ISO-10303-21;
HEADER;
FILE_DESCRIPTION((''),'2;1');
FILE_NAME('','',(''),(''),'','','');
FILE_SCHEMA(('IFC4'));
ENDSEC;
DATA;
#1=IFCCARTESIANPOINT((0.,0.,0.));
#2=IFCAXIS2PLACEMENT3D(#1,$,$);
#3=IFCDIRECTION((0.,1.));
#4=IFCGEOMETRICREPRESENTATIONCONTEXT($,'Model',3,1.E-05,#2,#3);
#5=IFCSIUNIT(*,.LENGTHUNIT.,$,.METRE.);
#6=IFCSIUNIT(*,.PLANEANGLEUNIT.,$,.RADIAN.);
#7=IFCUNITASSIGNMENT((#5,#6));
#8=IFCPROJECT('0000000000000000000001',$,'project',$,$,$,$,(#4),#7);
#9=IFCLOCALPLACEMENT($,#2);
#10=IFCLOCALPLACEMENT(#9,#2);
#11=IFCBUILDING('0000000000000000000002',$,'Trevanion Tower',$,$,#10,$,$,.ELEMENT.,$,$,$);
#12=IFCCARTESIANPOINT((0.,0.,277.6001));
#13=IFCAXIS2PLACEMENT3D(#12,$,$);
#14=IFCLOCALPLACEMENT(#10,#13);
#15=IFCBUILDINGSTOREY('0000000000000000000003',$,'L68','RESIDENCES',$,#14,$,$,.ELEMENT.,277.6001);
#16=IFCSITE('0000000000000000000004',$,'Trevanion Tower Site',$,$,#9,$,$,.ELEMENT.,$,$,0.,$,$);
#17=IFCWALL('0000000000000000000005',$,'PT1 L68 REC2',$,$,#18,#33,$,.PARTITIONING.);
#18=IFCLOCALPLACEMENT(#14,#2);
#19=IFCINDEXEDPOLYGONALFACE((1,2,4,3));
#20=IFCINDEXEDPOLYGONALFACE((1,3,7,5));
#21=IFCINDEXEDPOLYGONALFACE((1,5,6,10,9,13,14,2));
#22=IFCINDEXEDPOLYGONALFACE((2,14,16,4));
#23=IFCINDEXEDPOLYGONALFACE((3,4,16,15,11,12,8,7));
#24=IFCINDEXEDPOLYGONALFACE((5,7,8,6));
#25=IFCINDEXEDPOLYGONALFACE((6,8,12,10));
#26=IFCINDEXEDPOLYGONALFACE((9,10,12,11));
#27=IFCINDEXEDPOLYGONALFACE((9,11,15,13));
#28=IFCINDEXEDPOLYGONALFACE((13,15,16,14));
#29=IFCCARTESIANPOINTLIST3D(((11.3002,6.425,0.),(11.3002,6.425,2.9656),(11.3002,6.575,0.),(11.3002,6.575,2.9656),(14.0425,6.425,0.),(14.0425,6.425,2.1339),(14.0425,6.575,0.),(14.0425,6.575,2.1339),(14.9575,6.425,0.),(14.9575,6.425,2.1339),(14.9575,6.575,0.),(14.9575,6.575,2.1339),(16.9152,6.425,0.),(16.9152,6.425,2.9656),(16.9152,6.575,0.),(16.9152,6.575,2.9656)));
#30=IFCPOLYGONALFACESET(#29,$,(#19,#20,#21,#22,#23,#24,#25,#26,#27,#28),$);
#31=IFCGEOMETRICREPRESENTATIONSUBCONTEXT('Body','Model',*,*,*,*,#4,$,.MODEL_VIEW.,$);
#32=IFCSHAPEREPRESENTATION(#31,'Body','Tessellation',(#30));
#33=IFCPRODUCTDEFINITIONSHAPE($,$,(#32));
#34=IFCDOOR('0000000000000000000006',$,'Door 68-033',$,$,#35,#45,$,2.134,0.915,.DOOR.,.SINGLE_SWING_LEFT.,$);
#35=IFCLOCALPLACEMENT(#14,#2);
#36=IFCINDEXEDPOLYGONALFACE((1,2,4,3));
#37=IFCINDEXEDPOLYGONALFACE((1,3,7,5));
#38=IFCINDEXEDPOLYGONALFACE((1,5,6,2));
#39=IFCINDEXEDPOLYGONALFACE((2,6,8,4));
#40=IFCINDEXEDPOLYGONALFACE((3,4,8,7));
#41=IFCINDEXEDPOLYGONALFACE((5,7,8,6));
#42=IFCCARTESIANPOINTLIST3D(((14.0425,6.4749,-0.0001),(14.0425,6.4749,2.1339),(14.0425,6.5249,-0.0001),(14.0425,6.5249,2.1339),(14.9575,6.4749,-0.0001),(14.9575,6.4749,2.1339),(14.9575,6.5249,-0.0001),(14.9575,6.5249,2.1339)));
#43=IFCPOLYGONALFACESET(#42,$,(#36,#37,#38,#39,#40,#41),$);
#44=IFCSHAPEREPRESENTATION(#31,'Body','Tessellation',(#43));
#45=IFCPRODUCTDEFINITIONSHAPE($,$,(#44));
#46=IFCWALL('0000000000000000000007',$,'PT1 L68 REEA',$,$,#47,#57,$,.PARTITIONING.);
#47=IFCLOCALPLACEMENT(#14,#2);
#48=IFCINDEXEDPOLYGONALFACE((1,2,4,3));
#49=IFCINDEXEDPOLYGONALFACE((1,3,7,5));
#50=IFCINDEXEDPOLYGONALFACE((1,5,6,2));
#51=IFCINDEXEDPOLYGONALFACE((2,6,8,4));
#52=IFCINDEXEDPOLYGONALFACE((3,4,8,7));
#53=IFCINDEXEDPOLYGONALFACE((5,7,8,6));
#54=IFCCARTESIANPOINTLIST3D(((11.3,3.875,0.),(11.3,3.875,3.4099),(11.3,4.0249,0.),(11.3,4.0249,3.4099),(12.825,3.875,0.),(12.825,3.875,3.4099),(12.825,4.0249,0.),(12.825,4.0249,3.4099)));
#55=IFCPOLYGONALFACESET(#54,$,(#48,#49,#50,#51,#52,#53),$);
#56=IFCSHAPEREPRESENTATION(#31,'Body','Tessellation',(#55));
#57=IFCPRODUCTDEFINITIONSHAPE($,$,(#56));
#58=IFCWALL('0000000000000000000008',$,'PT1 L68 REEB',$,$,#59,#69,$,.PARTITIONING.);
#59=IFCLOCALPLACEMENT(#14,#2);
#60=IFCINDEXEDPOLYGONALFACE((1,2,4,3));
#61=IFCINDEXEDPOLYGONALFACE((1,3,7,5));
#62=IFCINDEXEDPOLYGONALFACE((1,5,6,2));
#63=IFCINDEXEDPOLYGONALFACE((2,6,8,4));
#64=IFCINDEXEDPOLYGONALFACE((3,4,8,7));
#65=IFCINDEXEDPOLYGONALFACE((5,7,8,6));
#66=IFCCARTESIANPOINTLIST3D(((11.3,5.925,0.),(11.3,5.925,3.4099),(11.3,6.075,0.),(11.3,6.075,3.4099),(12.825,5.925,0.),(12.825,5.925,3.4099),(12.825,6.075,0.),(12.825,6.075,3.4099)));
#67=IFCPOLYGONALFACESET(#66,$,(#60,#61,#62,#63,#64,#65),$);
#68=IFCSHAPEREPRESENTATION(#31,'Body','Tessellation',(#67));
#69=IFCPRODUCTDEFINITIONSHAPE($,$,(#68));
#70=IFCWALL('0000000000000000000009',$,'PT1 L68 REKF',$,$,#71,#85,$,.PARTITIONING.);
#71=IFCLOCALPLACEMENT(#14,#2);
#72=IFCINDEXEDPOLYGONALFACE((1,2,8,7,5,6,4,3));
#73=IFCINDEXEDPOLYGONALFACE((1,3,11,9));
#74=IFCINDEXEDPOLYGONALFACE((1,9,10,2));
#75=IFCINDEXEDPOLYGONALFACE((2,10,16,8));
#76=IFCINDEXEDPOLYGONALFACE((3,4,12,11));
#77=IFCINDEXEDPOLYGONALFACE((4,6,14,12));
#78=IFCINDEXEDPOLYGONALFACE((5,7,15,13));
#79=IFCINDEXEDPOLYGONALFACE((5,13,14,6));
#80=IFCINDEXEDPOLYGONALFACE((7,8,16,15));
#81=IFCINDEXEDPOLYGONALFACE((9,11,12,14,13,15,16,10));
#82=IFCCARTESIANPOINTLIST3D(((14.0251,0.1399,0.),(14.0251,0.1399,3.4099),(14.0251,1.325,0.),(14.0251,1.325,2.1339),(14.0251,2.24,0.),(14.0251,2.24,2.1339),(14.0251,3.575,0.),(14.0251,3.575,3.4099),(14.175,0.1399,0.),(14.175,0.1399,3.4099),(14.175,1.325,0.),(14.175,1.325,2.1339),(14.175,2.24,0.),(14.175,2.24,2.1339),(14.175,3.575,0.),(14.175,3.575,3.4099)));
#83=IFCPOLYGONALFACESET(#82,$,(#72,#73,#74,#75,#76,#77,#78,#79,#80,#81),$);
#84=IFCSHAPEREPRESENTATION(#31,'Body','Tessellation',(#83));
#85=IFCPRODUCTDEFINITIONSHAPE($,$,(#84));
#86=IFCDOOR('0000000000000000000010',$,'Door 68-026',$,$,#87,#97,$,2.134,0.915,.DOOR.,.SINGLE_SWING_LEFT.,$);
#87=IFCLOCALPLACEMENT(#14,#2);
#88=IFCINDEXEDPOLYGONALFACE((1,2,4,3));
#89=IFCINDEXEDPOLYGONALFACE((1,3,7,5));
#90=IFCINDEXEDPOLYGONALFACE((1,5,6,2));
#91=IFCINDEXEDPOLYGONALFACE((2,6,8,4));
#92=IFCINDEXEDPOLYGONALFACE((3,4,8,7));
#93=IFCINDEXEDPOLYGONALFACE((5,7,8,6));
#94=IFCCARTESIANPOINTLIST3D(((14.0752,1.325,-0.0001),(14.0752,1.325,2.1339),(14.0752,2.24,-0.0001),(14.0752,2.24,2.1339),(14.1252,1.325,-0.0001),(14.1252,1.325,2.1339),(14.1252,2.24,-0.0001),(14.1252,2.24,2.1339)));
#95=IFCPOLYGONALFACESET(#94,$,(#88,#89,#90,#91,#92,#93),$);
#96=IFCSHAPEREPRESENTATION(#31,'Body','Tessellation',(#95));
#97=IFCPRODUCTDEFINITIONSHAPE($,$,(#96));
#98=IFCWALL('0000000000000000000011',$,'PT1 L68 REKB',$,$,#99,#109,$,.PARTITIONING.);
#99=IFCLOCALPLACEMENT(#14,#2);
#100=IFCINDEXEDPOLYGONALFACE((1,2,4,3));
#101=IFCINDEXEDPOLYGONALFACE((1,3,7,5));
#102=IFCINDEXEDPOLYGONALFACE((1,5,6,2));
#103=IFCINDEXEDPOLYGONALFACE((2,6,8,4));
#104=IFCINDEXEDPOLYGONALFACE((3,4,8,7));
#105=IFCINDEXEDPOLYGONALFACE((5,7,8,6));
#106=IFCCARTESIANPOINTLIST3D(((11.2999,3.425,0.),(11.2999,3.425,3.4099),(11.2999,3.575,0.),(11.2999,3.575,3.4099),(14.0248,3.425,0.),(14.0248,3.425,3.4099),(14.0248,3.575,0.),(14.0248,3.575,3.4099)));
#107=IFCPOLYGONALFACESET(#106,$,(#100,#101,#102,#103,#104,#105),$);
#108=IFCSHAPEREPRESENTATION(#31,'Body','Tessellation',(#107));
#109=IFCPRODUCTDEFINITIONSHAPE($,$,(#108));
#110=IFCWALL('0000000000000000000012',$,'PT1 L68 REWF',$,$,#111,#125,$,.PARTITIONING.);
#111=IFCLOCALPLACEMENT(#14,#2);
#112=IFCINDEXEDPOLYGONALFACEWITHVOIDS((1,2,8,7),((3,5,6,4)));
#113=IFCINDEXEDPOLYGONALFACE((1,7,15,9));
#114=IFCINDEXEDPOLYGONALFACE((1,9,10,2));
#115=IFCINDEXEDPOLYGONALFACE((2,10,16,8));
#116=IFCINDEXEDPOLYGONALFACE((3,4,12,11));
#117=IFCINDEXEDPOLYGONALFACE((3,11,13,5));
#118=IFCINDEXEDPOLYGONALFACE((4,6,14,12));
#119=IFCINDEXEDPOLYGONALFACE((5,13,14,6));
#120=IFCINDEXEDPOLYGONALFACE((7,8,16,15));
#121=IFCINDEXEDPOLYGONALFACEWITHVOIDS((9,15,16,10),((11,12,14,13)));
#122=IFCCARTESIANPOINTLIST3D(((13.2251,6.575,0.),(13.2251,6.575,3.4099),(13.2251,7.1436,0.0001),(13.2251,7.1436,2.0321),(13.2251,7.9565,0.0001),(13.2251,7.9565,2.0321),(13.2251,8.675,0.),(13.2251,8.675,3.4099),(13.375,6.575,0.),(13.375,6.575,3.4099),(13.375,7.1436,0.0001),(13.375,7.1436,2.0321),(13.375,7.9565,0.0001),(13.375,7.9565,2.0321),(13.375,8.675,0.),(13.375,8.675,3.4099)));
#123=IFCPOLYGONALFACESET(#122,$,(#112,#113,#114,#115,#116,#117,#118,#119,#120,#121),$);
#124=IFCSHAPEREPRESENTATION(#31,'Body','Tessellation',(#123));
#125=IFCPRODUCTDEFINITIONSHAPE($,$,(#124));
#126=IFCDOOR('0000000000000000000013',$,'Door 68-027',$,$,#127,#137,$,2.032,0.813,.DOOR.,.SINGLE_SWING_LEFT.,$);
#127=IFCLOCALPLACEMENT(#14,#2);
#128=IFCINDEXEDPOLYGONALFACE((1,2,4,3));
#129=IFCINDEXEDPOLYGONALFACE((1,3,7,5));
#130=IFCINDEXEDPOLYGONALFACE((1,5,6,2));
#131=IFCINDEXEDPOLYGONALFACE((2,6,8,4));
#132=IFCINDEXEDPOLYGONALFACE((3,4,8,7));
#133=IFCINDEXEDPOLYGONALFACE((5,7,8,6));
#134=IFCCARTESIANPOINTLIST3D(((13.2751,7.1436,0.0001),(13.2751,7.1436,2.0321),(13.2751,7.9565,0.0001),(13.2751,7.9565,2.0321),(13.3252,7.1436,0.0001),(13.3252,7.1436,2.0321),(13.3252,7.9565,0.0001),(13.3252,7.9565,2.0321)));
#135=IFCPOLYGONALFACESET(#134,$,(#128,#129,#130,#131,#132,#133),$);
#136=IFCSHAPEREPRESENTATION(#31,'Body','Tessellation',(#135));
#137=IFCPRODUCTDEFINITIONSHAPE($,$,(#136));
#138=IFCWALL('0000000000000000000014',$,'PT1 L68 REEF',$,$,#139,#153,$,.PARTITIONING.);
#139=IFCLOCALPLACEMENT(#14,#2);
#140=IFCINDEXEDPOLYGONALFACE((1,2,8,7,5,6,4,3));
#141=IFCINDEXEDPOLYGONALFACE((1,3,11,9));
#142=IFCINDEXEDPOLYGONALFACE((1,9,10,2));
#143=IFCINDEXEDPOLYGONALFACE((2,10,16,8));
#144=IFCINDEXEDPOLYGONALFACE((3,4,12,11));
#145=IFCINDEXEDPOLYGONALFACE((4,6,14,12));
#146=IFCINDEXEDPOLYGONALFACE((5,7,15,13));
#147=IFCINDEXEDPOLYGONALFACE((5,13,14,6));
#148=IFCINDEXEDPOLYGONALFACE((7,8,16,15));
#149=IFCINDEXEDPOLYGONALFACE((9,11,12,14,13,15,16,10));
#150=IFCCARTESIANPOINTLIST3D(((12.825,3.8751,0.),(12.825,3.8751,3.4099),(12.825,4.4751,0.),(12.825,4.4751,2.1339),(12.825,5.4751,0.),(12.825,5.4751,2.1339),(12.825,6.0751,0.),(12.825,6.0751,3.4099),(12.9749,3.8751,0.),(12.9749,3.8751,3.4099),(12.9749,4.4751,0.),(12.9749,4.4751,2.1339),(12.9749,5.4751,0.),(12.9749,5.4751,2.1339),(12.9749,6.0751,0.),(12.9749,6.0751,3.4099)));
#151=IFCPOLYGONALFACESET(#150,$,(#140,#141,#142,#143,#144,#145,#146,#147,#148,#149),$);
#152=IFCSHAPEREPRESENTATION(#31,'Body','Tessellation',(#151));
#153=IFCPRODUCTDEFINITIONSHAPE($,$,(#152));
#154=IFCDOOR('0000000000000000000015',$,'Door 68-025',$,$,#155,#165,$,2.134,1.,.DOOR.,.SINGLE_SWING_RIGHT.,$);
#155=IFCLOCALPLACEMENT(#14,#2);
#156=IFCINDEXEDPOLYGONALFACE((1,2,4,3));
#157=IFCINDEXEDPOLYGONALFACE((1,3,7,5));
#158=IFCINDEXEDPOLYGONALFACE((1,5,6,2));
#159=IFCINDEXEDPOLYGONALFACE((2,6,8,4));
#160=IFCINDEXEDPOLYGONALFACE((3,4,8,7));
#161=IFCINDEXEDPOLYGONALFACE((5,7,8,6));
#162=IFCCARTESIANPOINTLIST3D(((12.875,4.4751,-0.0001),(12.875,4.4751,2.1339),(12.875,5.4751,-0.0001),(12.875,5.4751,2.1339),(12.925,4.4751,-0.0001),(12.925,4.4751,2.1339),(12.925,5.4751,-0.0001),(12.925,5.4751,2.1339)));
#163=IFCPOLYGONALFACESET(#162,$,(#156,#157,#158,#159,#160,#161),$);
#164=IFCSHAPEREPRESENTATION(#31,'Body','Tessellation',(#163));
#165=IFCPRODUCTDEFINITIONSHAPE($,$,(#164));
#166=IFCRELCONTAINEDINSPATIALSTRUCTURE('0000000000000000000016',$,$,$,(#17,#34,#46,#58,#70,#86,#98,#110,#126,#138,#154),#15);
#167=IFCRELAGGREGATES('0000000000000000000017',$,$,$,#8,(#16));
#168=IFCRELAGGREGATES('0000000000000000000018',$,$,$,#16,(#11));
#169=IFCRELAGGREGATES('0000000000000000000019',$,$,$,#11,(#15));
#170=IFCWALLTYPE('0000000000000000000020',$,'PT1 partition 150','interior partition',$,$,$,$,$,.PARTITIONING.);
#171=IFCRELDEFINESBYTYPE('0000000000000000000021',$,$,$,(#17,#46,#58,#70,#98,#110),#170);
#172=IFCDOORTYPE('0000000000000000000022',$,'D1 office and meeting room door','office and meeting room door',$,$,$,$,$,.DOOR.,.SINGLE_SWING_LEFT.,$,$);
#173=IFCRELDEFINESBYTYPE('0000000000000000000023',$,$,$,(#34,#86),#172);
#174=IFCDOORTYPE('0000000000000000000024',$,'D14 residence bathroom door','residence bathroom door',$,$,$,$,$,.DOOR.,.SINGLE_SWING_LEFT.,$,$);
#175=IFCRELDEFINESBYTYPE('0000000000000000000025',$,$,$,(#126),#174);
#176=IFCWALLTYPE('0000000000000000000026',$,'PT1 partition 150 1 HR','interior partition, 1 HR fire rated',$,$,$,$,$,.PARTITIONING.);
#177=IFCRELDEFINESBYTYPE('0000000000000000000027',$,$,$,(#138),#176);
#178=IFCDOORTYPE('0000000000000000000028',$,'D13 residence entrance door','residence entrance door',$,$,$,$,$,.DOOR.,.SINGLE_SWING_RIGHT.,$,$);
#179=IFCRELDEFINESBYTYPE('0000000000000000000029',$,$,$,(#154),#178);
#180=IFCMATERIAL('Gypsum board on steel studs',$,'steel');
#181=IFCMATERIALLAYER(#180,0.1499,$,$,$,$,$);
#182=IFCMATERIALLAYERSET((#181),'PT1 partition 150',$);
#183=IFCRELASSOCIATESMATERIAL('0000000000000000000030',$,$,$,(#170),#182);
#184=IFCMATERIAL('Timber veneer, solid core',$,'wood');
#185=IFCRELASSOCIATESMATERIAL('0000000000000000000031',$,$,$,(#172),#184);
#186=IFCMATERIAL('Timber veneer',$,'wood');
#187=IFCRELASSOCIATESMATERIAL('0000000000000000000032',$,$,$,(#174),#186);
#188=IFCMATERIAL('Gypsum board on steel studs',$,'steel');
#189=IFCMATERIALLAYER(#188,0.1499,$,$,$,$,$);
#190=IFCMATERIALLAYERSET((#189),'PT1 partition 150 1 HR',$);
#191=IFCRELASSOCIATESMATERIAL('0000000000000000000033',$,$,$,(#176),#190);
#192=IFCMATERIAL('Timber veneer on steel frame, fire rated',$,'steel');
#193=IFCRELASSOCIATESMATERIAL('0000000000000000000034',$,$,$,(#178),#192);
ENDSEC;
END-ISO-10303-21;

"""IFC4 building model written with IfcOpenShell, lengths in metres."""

from ifc_helpers import new_model, si_unit, direction, frame, frame_2d, origin, place, context, subcontext, project, spatial, rectangle, extrude, material, layer, layer_set, type_object, element, fill, save


model = new_model("IFC4")

# Units and contexts
model_context = context("Model", 3, precision=1e-05, world=origin(), true_north=direction((0.0, 1.0)))
body_context = subcontext(model_context, "Body", "Model", "MODEL_VIEW")
ifc_project = project(units=[si_unit("LENGTHUNIT", "METRE"), si_unit("PLANEANGLEUNIT", "RADIAN")], contexts=[model_context])

# Site, building, storey
site_placement = place(None, origin())
site = spatial("IfcSite", under=ifc_project, at=site_placement, Name="Trevanion Tower Site", CompositionType="ELEMENT", RefElevation=0.0)
building_placement = place(site_placement, origin())
building = spatial("IfcBuilding", under=site, at=building_placement, Name="Trevanion Tower", CompositionType="ELEMENT")
storey_placement = place(building_placement, frame((0.0, 0.0, 277.6001)))
storey = spatial("IfcBuildingStorey", under=building, at=storey_placement, Name="L68", Description="RESIDENCES", CompositionType="ELEMENT", Elevation=277.6001)

# Shared definitions
ifc_material_1 = material(Name="Gypsum board on steel studs", Category="steel")
ifc_layer_1 = layer(ifc_material_1, 0.1499)
ifc_layer_set_1 = layer_set([ifc_layer_1], Name="PT1 partition 150")
wall_type_1 = type_object("IfcWallType", Name="PT1 partition 150", Description="interior partition", PredefinedType="PARTITIONING", material=ifc_layer_set_1)
ifc_material_2 = material(Name="Timber veneer, solid core", Category="wood")
door_type_1 = type_object("IfcDoorType", Name="D1 office and meeting room door", Description="office and meeting room door", OperationType="SINGLE_SWING_LEFT", PredefinedType="DOOR", material=ifc_material_2)

# Wall, opening, door
wall_1_placement = place(storey_placement, frame((11.3, 6.5, 0.0), z_axis=(0.0, 0.0, 1.0), x_axis=(1.0, 0.0, 0.0)))
wall_1 = element("IfcWall", 1, at=wall_1_placement, inside=storey, type_object=wall_type_1, Name="PT1 L68 REC2", PredefinedType="PARTITIONING", context=body_context, shape_type="SweptSolid", body=[
    extrude(rectangle(XDim=5.615, YDim=0.1499, at=frame_2d((2.8076, 0.0))), origin(), (0.0, 0.0, 1.0), 2.9656),
])
opening_1_placement = place(wall_1_placement, frame((2.7424, 0.0, 0.0)))
opening_1 = element("IfcOpeningElement", 2, at=opening_1_placement, cuts=wall_1, PredefinedType="OPENING", context=body_context, shape_type="SweptSolid", body=[
    extrude(rectangle(XDim=0.915, YDim=2.134, at=frame_2d((0.4575, 1.0669))), frame((0.0, 0.085, 0.0), z_axis=(0.0, -1.0, 0.0), x_axis=(1.0, 0.0, 0.0)), (0.0, 0.0, 1.0), 0.1699),
])
door_1_placement = place(opening_1_placement, origin())
door_1 = element("IfcDoor", 3, at=door_1_placement, inside=storey, type_object=door_type_1, Name="Door 68-033", OperationType="SINGLE_SWING_LEFT", OverallHeight=2.134, OverallWidth=0.915, PredefinedType="DOOR", context=body_context, shape_type="SweptSolid", body=[
    extrude(rectangle(XDim=0.915, YDim=2.134, at=frame_2d((0.4575, 1.0669))), frame((0.0, 0.0249, 0.0), z_axis=(0.0, -1.0, 0.0), x_axis=(1.0, 0.0, 0.0)), (0.0, 0.0, 1.0), 0.05),
])
fill(opening_1, door_1)

# Walls
for number, where, z_axis, x_axis, name in (
    (4, (11.3, 3.95, 0.0), (0.0, 0.0, 1.0), (1.0, 0.0, 0.0), "PT1 L68 REEA"),
    (5, (11.3, 6.0, 0.0), (0.0, 0.0, 1.0), (1.0, 0.0, 0.0), "PT1 L68 REEB"),
):
    element("IfcWall", number, at=place(storey_placement, frame(where, z_axis=z_axis, x_axis=x_axis)), inside=storey, type_object=wall_type_1, Name=name, PredefinedType="PARTITIONING", context=body_context, shape_type="SweptSolid", body=[
        extrude(rectangle(XDim=1.5249, YDim=0.1499, at=frame_2d((0.7625, 0.0))), origin(), (0.0, 0.0, 1.0), 3.4099),
    ])

# Wall, opening, door
wall_2_placement = place(storey_placement, frame((14.1001, 0.1399, 0.0), z_axis=(0.0, 0.0, 1.0), x_axis=(0.0, 1.0, 0.0)))
wall_2 = element("IfcWall", 6, at=wall_2_placement, inside=storey, type_object=wall_type_1, Name="PT1 L68 REKF", PredefinedType="PARTITIONING", context=body_context, shape_type="SweptSolid", body=[
    extrude(rectangle(XDim=3.4351, YDim=0.1499, at=frame_2d((1.7175, 0.0))), origin(), (0.0, 0.0, 1.0), 3.4099),
])
opening_2_placement = place(wall_2_placement, frame((1.1851, 0.0, 0.0)))
opening_2 = element("IfcOpeningElement", 7, at=opening_2_placement, cuts=wall_2, PredefinedType="OPENING", context=body_context, shape_type="SweptSolid", body=[
    extrude(rectangle(XDim=0.915, YDim=2.134, at=frame_2d((0.4575, 1.0669))), frame((0.0, 0.085, 0.0), z_axis=(0.0, -1.0, 0.0), x_axis=(1.0, 0.0, 0.0)), (0.0, 0.0, 1.0), 0.1699),
])
door_2_placement = place(opening_2_placement, origin())
door_2 = element("IfcDoor", 8, at=door_2_placement, inside=storey, type_object=door_type_1, Name="Door 68-026", OperationType="SINGLE_SWING_LEFT", OverallHeight=2.134, OverallWidth=0.915, PredefinedType="DOOR", context=body_context, shape_type="SweptSolid", body=[
    extrude(rectangle(XDim=0.915, YDim=2.134, at=frame_2d((0.4575, 1.0669))), frame((0.0, 0.0249, 0.0), z_axis=(0.0, -1.0, 0.0), x_axis=(1.0, 0.0, 0.0)), (0.0, 0.0, 1.0), 0.05),
])
fill(opening_2, door_2)

# Wall
wall_3_placement = place(storey_placement, frame((11.3, 3.5, 0.0), z_axis=(0.0, 0.0, 1.0), x_axis=(1.0, 0.0, 0.0)))
element("IfcWall", 9, at=wall_3_placement, inside=storey, type_object=wall_type_1, Name="PT1 L68 REKB", PredefinedType="PARTITIONING", context=body_context, shape_type="SweptSolid", body=[
    extrude(rectangle(XDim=2.7249, YDim=0.1499, at=frame_2d((1.3623, 0.0))), origin(), (0.0, 0.0, 1.0), 3.4099),
])

# Walls, openings, doors
wall_4_placement = place(storey_placement, frame((13.3, 6.575, 0.0), z_axis=(0.0, 0.0, 1.0), x_axis=(0.0, 1.0, 0.0)))
wall_4 = element("IfcWall", 10, at=wall_4_placement, inside=storey, type_object=wall_type_1, Name="PT1 L68 REWF", PredefinedType="PARTITIONING", context=body_context, shape_type="SweptSolid", body=[
    extrude(rectangle(XDim=2.1001, YDim=0.1499, at=frame_2d((1.05, 0.0))), origin(), (0.0, 0.0, 1.0), 3.4099),
])
opening_3_placement = place(wall_4_placement, frame((0.5686, 0.0, 0.0)))
opening_3 = element("IfcOpeningElement", 11, at=opening_3_placement, cuts=wall_4, PredefinedType="OPENING", context=body_context, shape_type="SweptSolid", body=[
    extrude(rectangle(XDim=0.813, YDim=2.032, at=frame_2d((0.4065, 1.0161))), frame((0.0, 0.085, 0.0), z_axis=(0.0, -1.0, 0.0), x_axis=(1.0, 0.0, 0.0)), (0.0, 0.0, 1.0), 0.1699),
])
ifc_material_3 = material(Name="Timber veneer", Category="wood")
door_type_2 = type_object("IfcDoorType", Name="D14 residence bathroom door", Description="residence bathroom door", OperationType="SINGLE_SWING_LEFT", PredefinedType="DOOR", material=ifc_material_3)
door_3_placement = place(opening_3_placement, origin())
door_3 = element("IfcDoor", 12, at=door_3_placement, inside=storey, type_object=door_type_2, Name="Door 68-027", OperationType="SINGLE_SWING_LEFT", OverallHeight=2.032, OverallWidth=0.813, PredefinedType="DOOR", context=body_context, shape_type="SweptSolid", body=[
    extrude(rectangle(XDim=0.813, YDim=2.032, at=frame_2d((0.4065, 1.0161))), frame((0.0, 0.0249, 0.0), z_axis=(0.0, -1.0, 0.0), x_axis=(1.0, 0.0, 0.0)), (0.0, 0.0, 1.0), 0.05),
])
fill(opening_3, door_3)
ifc_material_4 = material(Name="Gypsum board on steel studs", Category="steel")
ifc_layer_2 = layer(ifc_material_4, 0.1499)
ifc_layer_set_2 = layer_set([ifc_layer_2], Name="PT1 partition 150 1 HR")
wall_type_2 = type_object("IfcWallType", Name="PT1 partition 150 1 HR", Description="interior partition, 1 HR fire rated", PredefinedType="PARTITIONING", material=ifc_layer_set_2)
wall_5_placement = place(storey_placement, frame((12.8999, 3.875, 0.0), z_axis=(0.0, 0.0, 1.0), x_axis=(0.0, 1.0, 0.0)))
wall_5 = element("IfcWall", 13, at=wall_5_placement, inside=storey, type_object=wall_type_2, Name="PT1 L68 REEF", PredefinedType="PARTITIONING", context=body_context, shape_type="SweptSolid", body=[
    extrude(rectangle(XDim=2.2, YDim=0.1499, at=frame_2d((1.1001, 0.0))), origin(), (0.0, 0.0, 1.0), 3.4099),
])
opening_4_placement = place(wall_5_placement, frame((0.6001, 0.0, 0.0)))
opening_4 = element("IfcOpeningElement", 14, at=opening_4_placement, cuts=wall_5, PredefinedType="OPENING", context=body_context, shape_type="SweptSolid", body=[
    extrude(rectangle(XDim=1.0, YDim=2.134, at=frame_2d((0.5, 1.0669))), frame((0.0, 0.085, 0.0), z_axis=(0.0, -1.0, 0.0), x_axis=(1.0, 0.0, 0.0)), (0.0, 0.0, 1.0), 0.1699),
])
ifc_material_5 = material(Name="Timber veneer on steel frame, fire rated", Category="steel")
door_type_3 = type_object("IfcDoorType", Name="D13 residence entrance door", Description="residence entrance door", OperationType="SINGLE_SWING_RIGHT", PredefinedType="DOOR", material=ifc_material_5)
door_4_placement = place(opening_4_placement, origin())
door_4 = element("IfcDoor", 15, at=door_4_placement, inside=storey, type_object=door_type_3, Name="Door 68-025", OperationType="SINGLE_SWING_RIGHT", OverallHeight=2.134, OverallWidth=1.0, PredefinedType="DOOR", context=body_context, shape_type="SweptSolid", body=[
    extrude(rectangle(XDim=1.0, YDim=2.134, at=frame_2d((0.5, 1.0669))), frame((0.0, 0.0249, 0.0), z_axis=(0.0, -1.0, 0.0), x_axis=(1.0, 0.0, 0.0)), (0.0, 0.0, 1.0), 0.05),
])
fill(opening_4, door_4)

save(model, "model.ifc")
